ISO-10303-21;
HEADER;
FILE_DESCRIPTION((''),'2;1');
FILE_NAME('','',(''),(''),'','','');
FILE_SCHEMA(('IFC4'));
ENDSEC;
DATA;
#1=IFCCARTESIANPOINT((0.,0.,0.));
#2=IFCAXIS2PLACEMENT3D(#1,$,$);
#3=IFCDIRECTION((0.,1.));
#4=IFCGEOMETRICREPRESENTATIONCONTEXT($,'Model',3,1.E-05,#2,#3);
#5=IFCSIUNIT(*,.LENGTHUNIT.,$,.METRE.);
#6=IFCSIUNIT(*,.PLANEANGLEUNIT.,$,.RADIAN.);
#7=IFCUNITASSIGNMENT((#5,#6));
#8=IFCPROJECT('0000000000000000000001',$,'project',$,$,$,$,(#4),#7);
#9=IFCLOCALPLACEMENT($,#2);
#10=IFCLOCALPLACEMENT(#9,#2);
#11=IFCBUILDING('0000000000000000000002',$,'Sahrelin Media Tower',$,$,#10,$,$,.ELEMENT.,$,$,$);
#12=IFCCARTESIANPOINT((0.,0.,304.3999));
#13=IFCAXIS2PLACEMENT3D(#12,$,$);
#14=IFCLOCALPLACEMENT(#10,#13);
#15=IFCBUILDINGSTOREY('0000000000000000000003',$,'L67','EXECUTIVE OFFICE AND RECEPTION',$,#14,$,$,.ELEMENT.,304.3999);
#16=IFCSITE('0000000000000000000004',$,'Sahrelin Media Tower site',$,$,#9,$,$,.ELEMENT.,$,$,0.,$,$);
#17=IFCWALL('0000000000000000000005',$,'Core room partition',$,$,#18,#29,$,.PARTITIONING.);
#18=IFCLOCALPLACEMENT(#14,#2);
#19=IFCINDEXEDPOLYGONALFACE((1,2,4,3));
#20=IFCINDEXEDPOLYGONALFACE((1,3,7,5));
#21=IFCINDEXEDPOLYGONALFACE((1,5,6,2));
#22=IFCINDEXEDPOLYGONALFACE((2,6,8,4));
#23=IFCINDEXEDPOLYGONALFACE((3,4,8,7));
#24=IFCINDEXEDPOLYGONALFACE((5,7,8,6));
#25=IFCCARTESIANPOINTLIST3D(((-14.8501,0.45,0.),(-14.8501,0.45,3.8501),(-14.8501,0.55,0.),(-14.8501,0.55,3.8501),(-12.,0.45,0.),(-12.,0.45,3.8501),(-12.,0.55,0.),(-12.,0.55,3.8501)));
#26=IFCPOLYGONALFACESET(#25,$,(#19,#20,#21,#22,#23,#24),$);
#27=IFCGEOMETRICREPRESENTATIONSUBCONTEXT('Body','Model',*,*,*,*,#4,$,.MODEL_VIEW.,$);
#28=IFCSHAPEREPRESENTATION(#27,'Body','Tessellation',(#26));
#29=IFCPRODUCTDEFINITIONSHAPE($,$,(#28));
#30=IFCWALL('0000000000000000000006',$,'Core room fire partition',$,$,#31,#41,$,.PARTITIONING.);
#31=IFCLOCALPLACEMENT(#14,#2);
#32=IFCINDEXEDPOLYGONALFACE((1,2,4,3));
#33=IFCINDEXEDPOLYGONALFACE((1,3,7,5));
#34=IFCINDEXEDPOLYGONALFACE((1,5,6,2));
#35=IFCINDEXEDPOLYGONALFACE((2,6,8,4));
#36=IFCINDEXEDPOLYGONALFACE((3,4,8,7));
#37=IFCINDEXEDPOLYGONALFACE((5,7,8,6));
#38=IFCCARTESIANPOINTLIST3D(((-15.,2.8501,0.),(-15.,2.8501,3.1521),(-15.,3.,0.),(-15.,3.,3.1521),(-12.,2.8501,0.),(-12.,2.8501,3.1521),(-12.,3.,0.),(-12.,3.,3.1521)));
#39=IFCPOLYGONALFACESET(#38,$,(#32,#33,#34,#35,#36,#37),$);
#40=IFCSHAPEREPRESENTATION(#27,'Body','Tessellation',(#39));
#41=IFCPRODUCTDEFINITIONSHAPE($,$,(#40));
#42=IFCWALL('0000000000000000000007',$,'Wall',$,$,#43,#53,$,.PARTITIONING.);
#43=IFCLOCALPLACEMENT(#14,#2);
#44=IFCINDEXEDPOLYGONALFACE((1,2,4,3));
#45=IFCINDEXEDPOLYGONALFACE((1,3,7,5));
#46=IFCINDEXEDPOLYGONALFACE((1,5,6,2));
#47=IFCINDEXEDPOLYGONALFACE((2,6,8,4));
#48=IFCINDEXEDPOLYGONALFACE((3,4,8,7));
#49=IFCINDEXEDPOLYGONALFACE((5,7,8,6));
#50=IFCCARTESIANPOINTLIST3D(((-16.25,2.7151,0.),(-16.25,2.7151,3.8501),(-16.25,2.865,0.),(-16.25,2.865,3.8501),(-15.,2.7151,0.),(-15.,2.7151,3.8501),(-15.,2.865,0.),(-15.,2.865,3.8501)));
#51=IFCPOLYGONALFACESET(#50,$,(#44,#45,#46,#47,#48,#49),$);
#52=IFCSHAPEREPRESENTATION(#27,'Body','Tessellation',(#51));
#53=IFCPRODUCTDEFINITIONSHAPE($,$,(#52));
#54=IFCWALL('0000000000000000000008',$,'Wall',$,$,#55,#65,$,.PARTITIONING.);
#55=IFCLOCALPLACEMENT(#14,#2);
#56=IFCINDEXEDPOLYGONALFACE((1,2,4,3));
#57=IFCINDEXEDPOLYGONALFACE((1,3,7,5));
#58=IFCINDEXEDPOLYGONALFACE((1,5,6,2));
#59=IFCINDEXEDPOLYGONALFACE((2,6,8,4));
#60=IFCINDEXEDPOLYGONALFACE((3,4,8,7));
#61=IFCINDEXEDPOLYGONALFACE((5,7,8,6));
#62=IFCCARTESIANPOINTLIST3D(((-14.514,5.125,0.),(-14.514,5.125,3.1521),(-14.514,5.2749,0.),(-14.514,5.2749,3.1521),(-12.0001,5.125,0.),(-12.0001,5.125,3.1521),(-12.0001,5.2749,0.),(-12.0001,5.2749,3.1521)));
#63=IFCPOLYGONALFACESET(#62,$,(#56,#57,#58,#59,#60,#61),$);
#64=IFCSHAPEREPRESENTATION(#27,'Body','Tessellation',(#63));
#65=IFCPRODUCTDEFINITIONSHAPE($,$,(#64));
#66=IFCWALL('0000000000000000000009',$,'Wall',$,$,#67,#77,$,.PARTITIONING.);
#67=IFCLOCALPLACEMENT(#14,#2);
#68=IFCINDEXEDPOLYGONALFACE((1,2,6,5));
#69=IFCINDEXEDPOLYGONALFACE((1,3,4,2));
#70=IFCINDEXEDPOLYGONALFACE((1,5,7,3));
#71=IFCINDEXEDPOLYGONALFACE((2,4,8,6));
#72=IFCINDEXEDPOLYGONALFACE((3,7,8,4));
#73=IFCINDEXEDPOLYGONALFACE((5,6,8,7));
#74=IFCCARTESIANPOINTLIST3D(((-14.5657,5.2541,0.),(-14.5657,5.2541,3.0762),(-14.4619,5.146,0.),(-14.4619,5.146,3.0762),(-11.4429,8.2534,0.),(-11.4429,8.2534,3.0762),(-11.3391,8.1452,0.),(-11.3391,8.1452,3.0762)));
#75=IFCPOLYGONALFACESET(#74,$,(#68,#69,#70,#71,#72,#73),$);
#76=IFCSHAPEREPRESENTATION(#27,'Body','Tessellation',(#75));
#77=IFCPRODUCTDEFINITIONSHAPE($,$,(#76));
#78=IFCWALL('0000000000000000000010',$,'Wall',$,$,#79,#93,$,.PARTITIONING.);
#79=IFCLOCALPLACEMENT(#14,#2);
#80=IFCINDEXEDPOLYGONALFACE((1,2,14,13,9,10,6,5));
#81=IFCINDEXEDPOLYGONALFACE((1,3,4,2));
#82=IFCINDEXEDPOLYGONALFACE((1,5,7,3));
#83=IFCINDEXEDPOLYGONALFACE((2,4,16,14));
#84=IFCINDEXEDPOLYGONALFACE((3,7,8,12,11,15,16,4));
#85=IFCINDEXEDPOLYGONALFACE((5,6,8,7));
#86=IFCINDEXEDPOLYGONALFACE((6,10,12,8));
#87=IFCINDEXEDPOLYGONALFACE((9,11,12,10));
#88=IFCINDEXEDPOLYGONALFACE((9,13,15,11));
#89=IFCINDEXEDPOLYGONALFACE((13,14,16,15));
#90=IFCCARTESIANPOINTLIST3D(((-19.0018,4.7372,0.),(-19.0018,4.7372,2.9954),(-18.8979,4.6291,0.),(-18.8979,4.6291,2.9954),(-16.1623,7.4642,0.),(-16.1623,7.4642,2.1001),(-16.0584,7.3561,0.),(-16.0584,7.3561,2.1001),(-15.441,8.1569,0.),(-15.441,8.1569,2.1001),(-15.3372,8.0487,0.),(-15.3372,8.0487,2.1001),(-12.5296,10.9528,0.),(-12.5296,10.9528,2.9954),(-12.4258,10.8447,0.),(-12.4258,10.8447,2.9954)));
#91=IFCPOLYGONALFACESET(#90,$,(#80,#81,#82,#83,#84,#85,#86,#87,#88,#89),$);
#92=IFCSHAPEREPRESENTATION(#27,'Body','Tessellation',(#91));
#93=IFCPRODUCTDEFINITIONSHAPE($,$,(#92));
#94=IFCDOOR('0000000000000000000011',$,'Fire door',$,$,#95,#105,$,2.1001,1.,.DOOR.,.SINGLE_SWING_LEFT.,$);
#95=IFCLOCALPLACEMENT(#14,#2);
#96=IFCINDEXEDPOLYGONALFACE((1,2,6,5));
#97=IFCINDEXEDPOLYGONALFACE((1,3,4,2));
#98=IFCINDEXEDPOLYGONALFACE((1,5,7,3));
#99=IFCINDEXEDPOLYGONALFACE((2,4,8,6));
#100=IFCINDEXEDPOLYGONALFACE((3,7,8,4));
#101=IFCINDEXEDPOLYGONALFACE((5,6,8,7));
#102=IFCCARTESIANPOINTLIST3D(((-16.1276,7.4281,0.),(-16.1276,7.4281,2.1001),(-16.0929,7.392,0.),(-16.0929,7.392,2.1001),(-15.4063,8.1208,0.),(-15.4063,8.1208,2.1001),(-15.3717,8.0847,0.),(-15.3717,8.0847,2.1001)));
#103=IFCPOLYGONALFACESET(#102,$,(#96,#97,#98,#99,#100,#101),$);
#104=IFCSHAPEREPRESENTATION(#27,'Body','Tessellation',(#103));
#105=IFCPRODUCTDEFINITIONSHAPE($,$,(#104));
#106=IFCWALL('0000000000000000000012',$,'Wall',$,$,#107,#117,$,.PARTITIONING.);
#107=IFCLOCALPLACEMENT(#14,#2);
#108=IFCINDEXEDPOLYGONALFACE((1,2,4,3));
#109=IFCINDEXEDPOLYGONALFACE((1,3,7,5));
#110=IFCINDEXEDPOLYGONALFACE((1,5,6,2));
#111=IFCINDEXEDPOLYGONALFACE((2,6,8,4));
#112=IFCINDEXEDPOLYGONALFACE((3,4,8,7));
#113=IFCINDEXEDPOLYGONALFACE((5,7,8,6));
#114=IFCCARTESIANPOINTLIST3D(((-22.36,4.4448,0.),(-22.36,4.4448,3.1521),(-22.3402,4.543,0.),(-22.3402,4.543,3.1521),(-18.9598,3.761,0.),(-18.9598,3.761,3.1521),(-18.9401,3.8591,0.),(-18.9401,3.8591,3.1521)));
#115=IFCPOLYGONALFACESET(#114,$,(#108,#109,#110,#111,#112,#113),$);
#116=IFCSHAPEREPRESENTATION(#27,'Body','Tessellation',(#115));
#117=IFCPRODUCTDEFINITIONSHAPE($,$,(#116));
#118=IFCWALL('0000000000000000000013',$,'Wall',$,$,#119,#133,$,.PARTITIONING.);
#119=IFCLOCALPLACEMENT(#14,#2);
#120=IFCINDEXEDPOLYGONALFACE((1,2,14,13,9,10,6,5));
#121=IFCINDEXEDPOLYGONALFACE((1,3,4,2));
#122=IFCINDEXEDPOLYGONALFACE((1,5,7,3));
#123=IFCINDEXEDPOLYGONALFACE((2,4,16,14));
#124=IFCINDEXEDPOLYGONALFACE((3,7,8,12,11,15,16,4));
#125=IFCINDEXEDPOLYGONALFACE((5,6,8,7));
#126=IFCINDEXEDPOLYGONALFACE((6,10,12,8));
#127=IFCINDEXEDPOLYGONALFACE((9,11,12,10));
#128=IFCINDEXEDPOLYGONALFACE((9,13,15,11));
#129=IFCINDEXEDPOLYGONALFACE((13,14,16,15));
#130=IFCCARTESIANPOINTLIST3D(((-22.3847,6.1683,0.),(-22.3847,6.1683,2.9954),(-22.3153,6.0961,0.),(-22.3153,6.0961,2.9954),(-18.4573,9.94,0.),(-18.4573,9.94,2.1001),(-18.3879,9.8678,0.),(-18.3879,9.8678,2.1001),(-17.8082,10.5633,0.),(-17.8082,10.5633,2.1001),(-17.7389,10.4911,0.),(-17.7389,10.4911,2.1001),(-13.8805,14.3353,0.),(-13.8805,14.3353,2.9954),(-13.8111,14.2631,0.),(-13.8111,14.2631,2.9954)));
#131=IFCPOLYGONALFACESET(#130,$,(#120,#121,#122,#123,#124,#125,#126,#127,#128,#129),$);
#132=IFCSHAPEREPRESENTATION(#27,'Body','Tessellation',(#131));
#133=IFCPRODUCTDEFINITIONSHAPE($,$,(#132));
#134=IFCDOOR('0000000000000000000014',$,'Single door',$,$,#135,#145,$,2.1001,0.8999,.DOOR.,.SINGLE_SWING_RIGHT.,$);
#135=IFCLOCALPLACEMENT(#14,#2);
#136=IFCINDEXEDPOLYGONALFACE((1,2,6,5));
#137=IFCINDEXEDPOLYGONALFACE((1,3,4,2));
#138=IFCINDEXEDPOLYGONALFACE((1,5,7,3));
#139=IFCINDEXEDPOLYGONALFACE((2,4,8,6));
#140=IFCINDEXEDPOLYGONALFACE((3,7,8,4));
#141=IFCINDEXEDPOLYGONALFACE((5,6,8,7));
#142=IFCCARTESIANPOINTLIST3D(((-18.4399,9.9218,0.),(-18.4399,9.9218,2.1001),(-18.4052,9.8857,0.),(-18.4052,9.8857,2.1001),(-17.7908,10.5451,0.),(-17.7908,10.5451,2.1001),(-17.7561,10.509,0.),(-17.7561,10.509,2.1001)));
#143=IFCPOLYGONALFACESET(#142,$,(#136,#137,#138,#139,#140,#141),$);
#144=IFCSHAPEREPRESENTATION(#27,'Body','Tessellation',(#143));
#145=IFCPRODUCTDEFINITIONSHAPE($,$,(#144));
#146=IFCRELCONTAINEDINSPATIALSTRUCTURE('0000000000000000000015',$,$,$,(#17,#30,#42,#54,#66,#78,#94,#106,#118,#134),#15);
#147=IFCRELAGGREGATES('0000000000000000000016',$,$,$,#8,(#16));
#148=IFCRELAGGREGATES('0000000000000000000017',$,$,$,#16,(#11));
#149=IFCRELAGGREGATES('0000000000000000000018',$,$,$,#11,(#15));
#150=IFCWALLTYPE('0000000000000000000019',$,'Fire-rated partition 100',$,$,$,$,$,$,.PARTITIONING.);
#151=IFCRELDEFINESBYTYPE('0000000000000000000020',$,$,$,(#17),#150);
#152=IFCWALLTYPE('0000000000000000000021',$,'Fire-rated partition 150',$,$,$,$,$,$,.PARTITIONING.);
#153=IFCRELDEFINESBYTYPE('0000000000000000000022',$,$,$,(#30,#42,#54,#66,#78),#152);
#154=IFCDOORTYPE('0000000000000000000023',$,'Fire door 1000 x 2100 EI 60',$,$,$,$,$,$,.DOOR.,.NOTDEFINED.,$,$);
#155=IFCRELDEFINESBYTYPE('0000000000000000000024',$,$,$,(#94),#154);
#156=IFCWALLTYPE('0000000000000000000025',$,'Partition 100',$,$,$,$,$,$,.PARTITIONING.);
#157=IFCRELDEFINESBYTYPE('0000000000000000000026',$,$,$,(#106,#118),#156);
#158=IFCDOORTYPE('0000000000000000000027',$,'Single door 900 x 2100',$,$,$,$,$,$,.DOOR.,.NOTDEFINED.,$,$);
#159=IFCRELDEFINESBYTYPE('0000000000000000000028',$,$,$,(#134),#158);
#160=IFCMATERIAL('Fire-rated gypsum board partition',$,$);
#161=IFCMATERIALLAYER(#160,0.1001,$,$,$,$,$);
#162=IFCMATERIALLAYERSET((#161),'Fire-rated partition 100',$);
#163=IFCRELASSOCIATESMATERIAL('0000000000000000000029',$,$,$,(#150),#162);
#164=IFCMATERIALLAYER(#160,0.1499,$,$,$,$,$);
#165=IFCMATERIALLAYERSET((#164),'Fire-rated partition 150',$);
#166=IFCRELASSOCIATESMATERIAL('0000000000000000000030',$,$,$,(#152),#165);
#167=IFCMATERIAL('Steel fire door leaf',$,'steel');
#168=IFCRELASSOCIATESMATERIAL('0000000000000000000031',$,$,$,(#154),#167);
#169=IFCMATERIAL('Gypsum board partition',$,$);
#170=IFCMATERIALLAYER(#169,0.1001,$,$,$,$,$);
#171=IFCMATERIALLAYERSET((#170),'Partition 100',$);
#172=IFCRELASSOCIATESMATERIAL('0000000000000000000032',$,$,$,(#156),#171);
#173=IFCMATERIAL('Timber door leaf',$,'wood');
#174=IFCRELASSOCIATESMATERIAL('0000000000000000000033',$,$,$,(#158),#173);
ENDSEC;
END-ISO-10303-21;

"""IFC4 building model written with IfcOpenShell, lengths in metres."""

from ifc_helpers import new_model, si_unit, direction, frame, frame_2d, origin, place, context, subcontext, project, spatial, rectangle, extrude, material, layer, layer_set, type_object, element, fill, save


model = new_model("IFC4")

# Units and contexts
model_context = context("Model", 3, precision=1e-05, world=origin(), true_north=direction((0.0, 1.0)))
body_context = subcontext(model_context, "Body", "Model", "MODEL_VIEW")
ifc_project = project(units=[si_unit("LENGTHUNIT", "METRE"), si_unit("PLANEANGLEUNIT", "RADIAN")], contexts=[model_context])

# Site, building, storey
site_placement = place(None, origin())
site = spatial("IfcSite", under=ifc_project, at=site_placement, Name="Sahrelin Media Tower site", CompositionType="ELEMENT", RefElevation=0.0)
building_placement = place(site_placement, origin())
building = spatial("IfcBuilding", under=site, at=building_placement, Name="Sahrelin Media Tower", CompositionType="ELEMENT")
storey_placement = place(building_placement, frame((0.0, 0.0, 304.3999)))
storey = spatial("IfcBuildingStorey", under=building, at=storey_placement, Name="L67", Description="EXECUTIVE OFFICE AND RECEPTION", CompositionType="ELEMENT", Elevation=304.3999)

# Walls
ifc_material_1 = material(Name="Fire-rated gypsum board partition")
ifc_layer_1 = layer(ifc_material_1, 0.1001)
ifc_layer_set_1 = layer_set([ifc_layer_1], Name="Fire-rated partition 100")
wall_type_1 = type_object("IfcWallType", Name="Fire-rated partition 100", PredefinedType="PARTITIONING", material=ifc_layer_set_1)
wall_1_placement = place(storey_placement, frame((-14.8501, 0.5, 0.0), z_axis=(0.0, 0.0, 1.0), x_axis=(1.0, 0.0, 0.0)))
element("IfcWall", 1, at=wall_1_placement, inside=storey, type_object=wall_type_1, Name="Core room partition", PredefinedType="PARTITIONING", context=body_context, shape_type="SweptSolid", body=[
    extrude(rectangle(XDim=2.8501, YDim=0.1001, at=frame_2d((1.425, 0.0))), origin(), (0.0, 0.0, 1.0), 3.8501),
])
ifc_layer_2 = layer(ifc_material_1, 0.1499)
ifc_layer_set_2 = layer_set([ifc_layer_2], Name="Fire-rated partition 150")
wall_type_2 = type_object("IfcWallType", Name="Fire-rated partition 150", PredefinedType="PARTITIONING", material=ifc_layer_set_2)
wall_2_placement = place(storey_placement, frame((-15.0, 2.925, 0.0), z_axis=(0.0, 0.0, 1.0), x_axis=(1.0, 0.0, 0.0)))
element("IfcWall", 2, at=wall_2_placement, inside=storey, type_object=wall_type_2, Name="Core room fire partition", PredefinedType="PARTITIONING", context=body_context, shape_type="SweptSolid", body=[
    extrude(rectangle(XDim=3.0, YDim=0.1499, at=frame_2d((1.5, 0.0))), origin(), (0.0, 0.0, 1.0), 3.1521),
])
wall_3_placement = place(storey_placement, frame((-16.25, 2.79, 0.0), z_axis=(0.0, 0.0, 1.0), x_axis=(1.0, 0.0, 0.0)))
element("IfcWall", 3, at=wall_3_placement, inside=storey, type_object=wall_type_2, Name="Wall", PredefinedType="PARTITIONING", context=body_context, shape_type="SweptSolid", body=[
    extrude(rectangle(XDim=1.25, YDim=0.1499, at=frame_2d((0.625, 0.0))), origin(), (0.0, 0.0, 1.0), 3.8501),
])
wall_4_placement = place(storey_placement, frame((-14.5139, 5.2, 0.0), z_axis=(0.0, 0.0, 1.0), x_axis=(1.0, 0.0, 0.0)))
element("IfcWall", 4, at=wall_4_placement, inside=storey, type_object=wall_type_2, Name="Wall", PredefinedType="PARTITIONING", context=body_context, shape_type="SweptSolid", body=[
    extrude(rectangle(XDim=2.5139, YDim=0.1499, at=frame_2d((1.2568, 0.0))), origin(), (0.0, 0.0, 1.0), 3.1521),
])
wall_5_placement = place(storey_placement, frame((-14.5139, 5.2, 0.0), z_axis=(0.0, 0.0, 1.0), x_axis=(0.721228, 0.692697, 0.0)))
element("IfcWall", 5, at=wall_5_placement, inside=storey, type_object=wall_type_2, Name="Wall", PredefinedType="PARTITIONING", context=body_context, shape_type="SweptSolid", body=[
    extrude(rectangle(XDim=4.3298, YDim=0.1499, at=frame_2d((2.165, 0.0))), origin(), (0.0, 0.0, 1.0), 3.0762),
])

# Wall, opening, door
wall_6_placement = place(storey_placement, frame((-18.95, 4.6831, 0.0), z_axis=(0.0, 0.0, 1.0), x_axis=(0.72126, 0.692665, 0.0)))
wall_6 = element("IfcWall", 6, at=wall_6_placement, inside=storey, type_object=wall_type_2, Name="Wall", PredefinedType="PARTITIONING", context=body_context, shape_type="SweptSolid", body=[
    extrude(rectangle(XDim=8.9734, YDim=0.1499, at=frame_2d((4.4868, 0.0))), origin(), (0.0, 0.0, 1.0), 2.9954),
])
opening_1_placement = place(wall_6_placement, frame((3.937, 0.0, 0.0)))
opening_1 = element("IfcOpeningElement", 7, at=opening_1_placement, cuts=wall_6, PredefinedType="OPENING", context=body_context, shape_type="SweptSolid", body=[
    extrude(rectangle(XDim=1.0, YDim=2.1001, at=frame_2d((0.5, 1.05))), frame((0.0, 0.075, 0.0), z_axis=(0.0, -1.0, 0.0), x_axis=(1.0, 0.0, 0.0)), (0.0, 0.0, 1.0), 0.1499),
])
ifc_material_2 = material(Name="Steel fire door leaf", Category="steel")
door_type_1 = type_object("IfcDoorType", Name="Fire door 1000 x 2100 EI 60", OperationType="NOTDEFINED", PredefinedType="DOOR", material=ifc_material_2)
door_1_placement = place(opening_1_placement, origin())
door_1 = element("IfcDoor", 8, at=door_1_placement, inside=storey, type_object=door_type_1, Name="Fire door", OperationType="SINGLE_SWING_LEFT", OverallHeight=2.1001, OverallWidth=1.0, PredefinedType="DOOR", context=body_context, shape_type="SweptSolid", body=[
    extrude(rectangle(XDim=1.0, YDim=2.1001, at=frame_2d((0.5, 1.05))), frame((0.0, 0.0249, 0.0), z_axis=(0.0, -1.0, 0.0), x_axis=(1.0, 0.0, 0.0)), (0.0, 0.0, 1.0), 0.05),
])
fill(opening_1, door_1)

# Wall
ifc_material_3 = material(Name="Gypsum board partition")
ifc_layer_3 = layer(ifc_material_3, 0.1001)
ifc_layer_set_3 = layer_set([ifc_layer_3], Name="Partition 100")
wall_type_3 = type_object("IfcWallType", Name="Partition 100", PredefinedType="PARTITIONING", material=ifc_layer_set_3)
wall_7_placement = place(storey_placement, frame((-22.3501, 4.4939, 0.0), z_axis=(0.0, 0.0, 1.0), x_axis=(0.980369, -0.197172, 0.0)))
element("IfcWall", 9, at=wall_7_placement, inside=storey, type_object=wall_type_3, Name="Wall", PredefinedType="PARTITIONING", context=body_context, shape_type="SweptSolid", body=[
    extrude(rectangle(XDim=3.4683, YDim=0.1001, at=frame_2d((1.7341, 0.0))), origin(), (0.0, 0.0, 1.0), 3.1521),
])

# Wall, opening, door
wall_8_placement = place(storey_placement, frame((-22.3501, 6.1321, 0.0), z_axis=(0.0, 0.0, 1.0), x_axis=(0.72126, 0.692665, 0.0)))
wall_8 = element("IfcWall", 10, at=wall_8_placement, inside=storey, type_object=wall_type_3, Name="Wall", PredefinedType="PARTITIONING", context=body_context, shape_type="SweptSolid", body=[
    extrude(rectangle(XDim=11.7908, YDim=0.1001, at=frame_2d((5.8955, 0.0))), origin(), (0.0, 0.0, 1.0), 2.9954),
])
opening_2_placement = place(wall_8_placement, frame((5.4453, 0.0, 0.0)))
opening_2 = element("IfcOpeningElement", 11, at=opening_2_placement, cuts=wall_8, PredefinedType="OPENING", context=body_context, shape_type="SweptSolid", body=[
    extrude(rectangle(XDim=0.8999, YDim=2.1001, at=frame_2d((0.45, 1.05))), frame((0.0, 0.05, 0.0), z_axis=(0.0, -1.0, 0.0), x_axis=(1.0, 0.0, 0.0)), (0.0, 0.0, 1.0), 0.1001),
])
ifc_material_4 = material(Name="Timber door leaf", Category="wood")
door_type_2 = type_object("IfcDoorType", Name="Single door 900 x 2100", OperationType="NOTDEFINED", PredefinedType="DOOR", material=ifc_material_4)
door_2_placement = place(opening_2_placement, origin())
door_2 = element("IfcDoor", 12, at=door_2_placement, inside=storey, type_object=door_type_2, Name="Single door", OperationType="SINGLE_SWING_RIGHT", OverallHeight=2.1001, OverallWidth=0.8999, PredefinedType="DOOR", context=body_context, shape_type="SweptSolid", body=[
    extrude(rectangle(XDim=0.8999, YDim=2.1001, at=frame_2d((0.45, 1.05))), frame((0.0, 0.0249, 0.0), z_axis=(0.0, -1.0, 0.0), x_axis=(1.0, 0.0, 0.0)), (0.0, 0.0, 1.0), 0.05),
])
fill(opening_2, door_2)

save(model, "model.ifc")
